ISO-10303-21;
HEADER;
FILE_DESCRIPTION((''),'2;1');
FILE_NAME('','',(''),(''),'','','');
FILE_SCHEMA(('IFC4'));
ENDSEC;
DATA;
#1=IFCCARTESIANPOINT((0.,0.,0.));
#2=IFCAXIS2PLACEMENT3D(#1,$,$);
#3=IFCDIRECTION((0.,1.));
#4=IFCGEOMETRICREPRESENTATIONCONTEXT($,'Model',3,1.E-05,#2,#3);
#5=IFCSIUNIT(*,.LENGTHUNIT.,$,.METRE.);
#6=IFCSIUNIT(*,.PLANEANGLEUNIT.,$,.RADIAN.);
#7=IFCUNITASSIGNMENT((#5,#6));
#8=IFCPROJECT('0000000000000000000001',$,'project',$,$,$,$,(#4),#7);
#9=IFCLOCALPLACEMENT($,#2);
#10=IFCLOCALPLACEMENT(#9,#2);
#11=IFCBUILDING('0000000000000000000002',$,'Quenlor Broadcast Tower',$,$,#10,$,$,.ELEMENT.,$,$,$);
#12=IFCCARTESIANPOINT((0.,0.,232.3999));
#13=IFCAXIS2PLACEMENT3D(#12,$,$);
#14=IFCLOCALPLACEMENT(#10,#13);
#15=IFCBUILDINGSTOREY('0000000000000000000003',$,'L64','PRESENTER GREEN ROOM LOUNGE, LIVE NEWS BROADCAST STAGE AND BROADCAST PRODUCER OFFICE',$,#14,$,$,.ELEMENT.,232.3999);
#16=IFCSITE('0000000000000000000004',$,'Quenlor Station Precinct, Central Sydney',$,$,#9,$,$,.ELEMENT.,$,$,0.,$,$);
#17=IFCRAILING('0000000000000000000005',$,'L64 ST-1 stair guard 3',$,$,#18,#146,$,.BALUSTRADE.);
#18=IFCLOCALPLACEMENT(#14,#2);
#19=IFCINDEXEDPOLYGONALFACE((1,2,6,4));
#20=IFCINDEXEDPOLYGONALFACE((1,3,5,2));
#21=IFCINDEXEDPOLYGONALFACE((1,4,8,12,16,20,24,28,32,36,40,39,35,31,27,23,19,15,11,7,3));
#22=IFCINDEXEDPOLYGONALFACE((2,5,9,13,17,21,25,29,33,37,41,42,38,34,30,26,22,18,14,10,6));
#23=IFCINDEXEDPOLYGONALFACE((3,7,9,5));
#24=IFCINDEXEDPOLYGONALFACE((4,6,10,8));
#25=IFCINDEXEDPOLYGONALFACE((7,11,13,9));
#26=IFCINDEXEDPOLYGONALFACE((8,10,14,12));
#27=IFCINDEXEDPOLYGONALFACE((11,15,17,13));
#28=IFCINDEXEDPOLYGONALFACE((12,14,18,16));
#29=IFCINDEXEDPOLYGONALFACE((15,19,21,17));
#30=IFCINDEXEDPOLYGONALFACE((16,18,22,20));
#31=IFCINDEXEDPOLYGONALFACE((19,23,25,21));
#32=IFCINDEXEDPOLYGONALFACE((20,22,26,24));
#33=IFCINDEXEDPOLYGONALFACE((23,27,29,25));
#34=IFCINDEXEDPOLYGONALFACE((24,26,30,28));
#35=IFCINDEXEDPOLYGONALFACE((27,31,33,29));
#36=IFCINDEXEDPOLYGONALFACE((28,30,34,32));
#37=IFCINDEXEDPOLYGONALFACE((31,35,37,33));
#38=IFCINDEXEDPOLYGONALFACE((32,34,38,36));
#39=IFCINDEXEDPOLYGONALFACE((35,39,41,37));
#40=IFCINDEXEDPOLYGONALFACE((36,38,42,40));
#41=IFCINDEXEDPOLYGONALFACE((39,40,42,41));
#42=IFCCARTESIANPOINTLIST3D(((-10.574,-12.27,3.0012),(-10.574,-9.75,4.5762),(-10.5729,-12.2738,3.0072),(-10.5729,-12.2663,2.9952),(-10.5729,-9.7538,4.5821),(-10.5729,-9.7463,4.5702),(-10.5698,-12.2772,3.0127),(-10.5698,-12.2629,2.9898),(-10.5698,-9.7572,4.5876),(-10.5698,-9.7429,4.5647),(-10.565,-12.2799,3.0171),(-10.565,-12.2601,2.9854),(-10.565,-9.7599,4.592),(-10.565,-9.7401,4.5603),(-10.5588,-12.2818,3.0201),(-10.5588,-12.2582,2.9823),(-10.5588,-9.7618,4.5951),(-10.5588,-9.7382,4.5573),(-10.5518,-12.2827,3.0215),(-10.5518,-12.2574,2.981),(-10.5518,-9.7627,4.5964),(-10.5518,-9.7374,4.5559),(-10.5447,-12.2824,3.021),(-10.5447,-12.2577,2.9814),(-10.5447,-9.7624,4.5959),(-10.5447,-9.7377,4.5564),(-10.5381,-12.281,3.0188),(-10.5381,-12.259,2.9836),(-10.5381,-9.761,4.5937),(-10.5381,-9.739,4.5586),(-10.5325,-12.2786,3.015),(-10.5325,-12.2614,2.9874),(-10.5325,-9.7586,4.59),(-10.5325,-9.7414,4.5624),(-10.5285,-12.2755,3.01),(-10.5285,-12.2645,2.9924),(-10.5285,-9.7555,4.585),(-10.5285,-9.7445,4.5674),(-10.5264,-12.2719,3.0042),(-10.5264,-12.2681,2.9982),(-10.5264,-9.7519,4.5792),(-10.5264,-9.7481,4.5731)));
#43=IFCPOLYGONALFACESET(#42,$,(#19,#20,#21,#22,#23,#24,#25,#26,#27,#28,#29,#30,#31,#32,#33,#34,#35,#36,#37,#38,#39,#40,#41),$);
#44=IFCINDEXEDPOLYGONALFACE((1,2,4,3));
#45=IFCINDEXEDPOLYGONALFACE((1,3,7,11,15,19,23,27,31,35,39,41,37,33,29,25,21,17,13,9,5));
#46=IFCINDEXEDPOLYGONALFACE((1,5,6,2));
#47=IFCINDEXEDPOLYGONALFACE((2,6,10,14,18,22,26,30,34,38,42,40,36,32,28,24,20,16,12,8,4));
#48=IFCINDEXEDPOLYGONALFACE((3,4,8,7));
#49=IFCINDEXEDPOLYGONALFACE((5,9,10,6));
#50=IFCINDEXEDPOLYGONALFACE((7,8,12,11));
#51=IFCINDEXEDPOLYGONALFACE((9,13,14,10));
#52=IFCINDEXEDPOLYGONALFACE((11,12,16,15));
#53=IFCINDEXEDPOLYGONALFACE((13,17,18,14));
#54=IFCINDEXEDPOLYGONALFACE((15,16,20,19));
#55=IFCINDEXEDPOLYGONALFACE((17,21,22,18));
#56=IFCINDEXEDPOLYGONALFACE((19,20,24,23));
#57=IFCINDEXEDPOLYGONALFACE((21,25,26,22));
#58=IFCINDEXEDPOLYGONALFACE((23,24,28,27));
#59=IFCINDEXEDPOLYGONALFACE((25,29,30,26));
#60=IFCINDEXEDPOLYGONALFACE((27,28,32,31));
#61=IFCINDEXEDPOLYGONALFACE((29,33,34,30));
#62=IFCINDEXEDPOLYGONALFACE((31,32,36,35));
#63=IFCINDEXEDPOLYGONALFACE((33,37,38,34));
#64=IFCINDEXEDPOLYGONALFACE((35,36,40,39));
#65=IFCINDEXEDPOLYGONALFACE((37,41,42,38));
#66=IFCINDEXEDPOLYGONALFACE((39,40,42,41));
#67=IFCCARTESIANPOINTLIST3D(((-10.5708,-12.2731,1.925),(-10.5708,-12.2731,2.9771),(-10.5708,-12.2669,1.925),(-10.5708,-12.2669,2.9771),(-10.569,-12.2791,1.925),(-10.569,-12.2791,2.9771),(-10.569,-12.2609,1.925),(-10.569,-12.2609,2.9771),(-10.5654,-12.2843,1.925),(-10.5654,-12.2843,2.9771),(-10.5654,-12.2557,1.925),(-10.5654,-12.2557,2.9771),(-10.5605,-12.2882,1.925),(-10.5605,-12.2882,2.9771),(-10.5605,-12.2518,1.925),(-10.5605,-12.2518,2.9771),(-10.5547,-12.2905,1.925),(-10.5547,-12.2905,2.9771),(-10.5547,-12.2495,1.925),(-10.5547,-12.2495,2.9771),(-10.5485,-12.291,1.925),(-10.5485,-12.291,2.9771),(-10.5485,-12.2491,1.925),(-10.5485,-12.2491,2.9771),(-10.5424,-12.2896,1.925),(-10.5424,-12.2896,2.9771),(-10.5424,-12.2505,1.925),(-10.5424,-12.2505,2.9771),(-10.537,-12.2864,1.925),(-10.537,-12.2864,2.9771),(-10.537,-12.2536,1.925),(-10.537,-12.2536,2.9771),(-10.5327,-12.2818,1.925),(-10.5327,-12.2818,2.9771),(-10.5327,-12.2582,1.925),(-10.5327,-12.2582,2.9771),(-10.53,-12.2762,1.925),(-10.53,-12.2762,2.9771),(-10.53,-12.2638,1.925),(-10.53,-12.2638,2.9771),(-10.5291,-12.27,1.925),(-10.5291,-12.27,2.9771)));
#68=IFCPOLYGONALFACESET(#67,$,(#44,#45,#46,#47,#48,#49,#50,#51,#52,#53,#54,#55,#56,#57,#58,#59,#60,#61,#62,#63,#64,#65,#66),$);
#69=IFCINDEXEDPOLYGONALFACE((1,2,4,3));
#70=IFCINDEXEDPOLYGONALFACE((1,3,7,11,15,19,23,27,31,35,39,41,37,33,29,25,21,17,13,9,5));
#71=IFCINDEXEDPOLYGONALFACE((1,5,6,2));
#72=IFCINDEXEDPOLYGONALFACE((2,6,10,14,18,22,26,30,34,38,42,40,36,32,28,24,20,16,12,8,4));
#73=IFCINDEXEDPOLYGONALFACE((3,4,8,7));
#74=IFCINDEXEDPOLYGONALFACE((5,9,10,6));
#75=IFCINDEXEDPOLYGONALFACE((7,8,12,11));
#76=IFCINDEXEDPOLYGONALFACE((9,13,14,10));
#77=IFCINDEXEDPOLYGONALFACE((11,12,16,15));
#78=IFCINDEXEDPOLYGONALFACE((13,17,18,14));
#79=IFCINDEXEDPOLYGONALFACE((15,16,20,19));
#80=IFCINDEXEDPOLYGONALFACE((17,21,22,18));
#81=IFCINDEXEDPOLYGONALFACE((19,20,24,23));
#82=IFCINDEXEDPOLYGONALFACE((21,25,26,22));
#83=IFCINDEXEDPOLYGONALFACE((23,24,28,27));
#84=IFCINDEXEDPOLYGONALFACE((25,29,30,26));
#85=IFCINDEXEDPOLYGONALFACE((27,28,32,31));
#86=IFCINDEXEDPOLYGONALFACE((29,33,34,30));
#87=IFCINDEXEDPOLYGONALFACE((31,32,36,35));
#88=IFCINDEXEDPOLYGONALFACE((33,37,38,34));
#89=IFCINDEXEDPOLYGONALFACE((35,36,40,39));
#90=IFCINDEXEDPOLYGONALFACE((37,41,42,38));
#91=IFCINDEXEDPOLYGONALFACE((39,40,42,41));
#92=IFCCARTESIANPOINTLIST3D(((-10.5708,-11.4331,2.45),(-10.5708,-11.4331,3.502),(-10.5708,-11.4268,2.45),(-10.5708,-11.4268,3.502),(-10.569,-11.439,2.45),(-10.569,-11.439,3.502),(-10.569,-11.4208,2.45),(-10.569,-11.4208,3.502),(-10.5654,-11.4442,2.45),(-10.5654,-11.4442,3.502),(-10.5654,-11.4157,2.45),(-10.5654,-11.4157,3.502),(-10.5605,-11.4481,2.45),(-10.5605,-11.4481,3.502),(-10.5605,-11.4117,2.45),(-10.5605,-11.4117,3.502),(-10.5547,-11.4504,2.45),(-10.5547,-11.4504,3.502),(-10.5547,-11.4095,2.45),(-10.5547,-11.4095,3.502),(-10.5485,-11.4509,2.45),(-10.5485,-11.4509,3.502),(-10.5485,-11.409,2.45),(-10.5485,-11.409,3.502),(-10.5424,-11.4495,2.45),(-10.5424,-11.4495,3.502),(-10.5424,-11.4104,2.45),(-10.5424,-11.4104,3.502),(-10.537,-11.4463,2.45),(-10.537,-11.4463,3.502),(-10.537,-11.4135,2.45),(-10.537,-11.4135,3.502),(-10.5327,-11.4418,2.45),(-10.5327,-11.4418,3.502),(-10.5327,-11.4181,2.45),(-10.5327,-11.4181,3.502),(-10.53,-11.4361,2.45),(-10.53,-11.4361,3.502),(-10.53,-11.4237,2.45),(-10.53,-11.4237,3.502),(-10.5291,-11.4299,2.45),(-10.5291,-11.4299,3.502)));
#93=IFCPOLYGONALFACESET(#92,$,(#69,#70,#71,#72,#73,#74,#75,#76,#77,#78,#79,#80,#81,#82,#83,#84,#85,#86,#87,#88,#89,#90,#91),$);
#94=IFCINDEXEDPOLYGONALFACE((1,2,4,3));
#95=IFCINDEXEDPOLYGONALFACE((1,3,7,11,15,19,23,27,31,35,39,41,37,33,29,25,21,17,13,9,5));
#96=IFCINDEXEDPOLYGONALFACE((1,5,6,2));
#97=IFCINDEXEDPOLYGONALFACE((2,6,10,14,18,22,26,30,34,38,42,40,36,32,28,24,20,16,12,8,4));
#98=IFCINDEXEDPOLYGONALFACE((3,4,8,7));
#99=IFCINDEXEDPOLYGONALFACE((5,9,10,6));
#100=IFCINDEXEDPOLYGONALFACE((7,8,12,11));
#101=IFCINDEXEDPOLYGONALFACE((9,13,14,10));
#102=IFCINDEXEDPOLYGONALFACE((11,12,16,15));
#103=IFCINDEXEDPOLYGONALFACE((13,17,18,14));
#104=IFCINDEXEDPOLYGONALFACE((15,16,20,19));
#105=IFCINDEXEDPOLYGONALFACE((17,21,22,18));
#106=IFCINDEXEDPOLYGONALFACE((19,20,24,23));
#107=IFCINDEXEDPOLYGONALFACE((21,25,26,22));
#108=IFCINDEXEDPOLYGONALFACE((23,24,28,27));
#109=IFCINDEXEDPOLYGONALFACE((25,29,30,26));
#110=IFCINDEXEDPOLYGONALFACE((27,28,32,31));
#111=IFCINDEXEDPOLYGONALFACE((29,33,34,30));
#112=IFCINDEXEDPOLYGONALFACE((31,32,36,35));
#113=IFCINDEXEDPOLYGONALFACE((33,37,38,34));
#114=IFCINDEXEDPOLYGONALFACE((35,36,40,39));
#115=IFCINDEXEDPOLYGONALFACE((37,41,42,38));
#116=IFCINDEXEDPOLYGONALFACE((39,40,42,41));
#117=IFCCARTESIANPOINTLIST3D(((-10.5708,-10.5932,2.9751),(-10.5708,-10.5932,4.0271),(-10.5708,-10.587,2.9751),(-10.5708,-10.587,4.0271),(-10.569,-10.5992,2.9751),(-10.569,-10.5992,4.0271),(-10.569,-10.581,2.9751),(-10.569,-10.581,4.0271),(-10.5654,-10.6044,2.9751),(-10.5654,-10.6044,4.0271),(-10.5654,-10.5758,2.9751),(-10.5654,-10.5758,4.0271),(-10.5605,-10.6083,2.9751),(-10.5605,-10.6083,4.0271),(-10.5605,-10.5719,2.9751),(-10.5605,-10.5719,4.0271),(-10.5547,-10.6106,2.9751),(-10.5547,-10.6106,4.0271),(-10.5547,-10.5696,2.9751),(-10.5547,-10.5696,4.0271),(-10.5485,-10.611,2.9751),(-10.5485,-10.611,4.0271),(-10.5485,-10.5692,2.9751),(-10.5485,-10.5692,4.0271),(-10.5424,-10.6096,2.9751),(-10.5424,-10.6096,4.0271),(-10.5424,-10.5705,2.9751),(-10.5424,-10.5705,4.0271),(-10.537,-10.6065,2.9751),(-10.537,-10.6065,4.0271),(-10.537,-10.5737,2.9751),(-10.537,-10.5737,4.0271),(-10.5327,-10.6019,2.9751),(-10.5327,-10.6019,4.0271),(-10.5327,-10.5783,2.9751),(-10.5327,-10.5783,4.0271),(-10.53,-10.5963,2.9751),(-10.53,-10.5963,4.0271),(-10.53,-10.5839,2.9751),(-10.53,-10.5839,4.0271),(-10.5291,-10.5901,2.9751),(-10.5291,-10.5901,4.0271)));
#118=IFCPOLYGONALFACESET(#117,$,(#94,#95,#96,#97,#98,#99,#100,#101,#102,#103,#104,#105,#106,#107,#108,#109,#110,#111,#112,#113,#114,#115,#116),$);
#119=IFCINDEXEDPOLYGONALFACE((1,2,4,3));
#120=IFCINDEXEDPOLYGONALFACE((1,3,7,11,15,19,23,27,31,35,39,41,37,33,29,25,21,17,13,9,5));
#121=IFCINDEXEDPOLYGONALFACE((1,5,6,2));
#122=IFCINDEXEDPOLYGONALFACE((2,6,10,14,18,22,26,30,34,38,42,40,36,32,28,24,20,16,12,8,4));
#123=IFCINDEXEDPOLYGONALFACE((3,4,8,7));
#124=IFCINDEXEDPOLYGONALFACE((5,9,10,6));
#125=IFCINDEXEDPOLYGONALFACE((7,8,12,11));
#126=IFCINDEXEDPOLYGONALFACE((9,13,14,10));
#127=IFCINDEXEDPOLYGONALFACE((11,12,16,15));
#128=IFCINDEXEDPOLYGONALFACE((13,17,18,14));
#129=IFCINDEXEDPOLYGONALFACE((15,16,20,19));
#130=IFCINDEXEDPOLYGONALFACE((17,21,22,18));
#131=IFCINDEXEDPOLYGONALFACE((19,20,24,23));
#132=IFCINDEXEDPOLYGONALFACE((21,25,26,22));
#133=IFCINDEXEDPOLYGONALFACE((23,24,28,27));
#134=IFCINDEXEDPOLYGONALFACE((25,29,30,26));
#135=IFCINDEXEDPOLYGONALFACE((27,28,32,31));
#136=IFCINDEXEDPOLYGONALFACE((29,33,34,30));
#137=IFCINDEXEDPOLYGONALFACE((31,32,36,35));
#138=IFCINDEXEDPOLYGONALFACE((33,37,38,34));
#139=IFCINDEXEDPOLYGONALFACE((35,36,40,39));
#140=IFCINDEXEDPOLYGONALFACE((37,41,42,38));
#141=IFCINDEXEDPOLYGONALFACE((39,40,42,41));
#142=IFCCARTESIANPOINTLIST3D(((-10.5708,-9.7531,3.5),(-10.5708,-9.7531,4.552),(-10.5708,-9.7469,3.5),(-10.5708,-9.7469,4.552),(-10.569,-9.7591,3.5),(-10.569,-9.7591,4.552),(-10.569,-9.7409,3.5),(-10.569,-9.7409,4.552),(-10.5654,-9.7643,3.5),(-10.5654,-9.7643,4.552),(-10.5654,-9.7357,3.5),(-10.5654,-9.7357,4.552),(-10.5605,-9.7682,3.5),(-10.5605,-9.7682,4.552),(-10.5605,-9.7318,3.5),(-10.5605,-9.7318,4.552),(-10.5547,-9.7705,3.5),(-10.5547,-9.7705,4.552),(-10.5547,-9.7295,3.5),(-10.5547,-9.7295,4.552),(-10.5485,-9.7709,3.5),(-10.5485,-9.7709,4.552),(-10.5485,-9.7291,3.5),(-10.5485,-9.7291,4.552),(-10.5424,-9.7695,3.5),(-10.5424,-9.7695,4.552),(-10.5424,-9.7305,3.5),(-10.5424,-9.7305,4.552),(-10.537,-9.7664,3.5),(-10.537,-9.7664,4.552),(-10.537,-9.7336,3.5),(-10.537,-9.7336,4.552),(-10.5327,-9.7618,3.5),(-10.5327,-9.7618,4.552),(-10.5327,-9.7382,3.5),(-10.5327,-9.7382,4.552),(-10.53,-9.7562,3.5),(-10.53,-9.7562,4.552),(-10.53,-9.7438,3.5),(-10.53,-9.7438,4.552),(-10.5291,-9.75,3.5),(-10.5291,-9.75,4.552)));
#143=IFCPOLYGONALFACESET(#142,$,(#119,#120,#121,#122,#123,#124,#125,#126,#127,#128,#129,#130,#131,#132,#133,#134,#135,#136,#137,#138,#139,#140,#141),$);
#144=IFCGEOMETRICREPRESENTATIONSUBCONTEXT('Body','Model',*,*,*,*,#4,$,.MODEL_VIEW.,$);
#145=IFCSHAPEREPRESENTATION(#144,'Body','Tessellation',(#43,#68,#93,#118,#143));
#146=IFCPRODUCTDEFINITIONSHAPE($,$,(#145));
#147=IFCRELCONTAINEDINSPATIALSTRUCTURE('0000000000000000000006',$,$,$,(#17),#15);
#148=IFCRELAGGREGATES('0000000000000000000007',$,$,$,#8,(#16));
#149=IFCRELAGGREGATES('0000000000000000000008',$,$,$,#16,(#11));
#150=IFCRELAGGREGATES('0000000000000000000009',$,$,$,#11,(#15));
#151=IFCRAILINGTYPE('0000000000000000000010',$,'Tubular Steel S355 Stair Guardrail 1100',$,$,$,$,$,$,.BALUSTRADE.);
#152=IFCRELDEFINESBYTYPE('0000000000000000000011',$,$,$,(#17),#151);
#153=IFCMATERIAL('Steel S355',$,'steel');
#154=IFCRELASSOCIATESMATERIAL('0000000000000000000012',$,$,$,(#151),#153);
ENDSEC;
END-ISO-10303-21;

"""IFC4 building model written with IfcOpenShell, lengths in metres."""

from ifc_helpers import new_model, si_unit, direction, frame, origin, origin_2d, place, context, subcontext, project, spatial, circle, extrude, material, type_object, element, save


model = new_model("IFC4")

# Units and contexts
model_context = context("Model", 3, precision=1e-05, world=origin(), true_north=direction((0.0, 1.0)))
body_context = subcontext(model_context, "Body", "Model", "MODEL_VIEW")
ifc_project = project(units=[si_unit("LENGTHUNIT", "METRE"), si_unit("PLANEANGLEUNIT", "RADIAN")], contexts=[model_context])

# Site, building, storey
site_placement = place(None, origin())
site = spatial("IfcSite", under=ifc_project, at=site_placement, Name="Quenlor Station Precinct, Central Sydney", CompositionType="ELEMENT", RefElevation=0.0)
building_placement = place(site_placement, origin())
building = spatial("IfcBuilding", under=site, at=building_placement, Name="Quenlor Broadcast Tower", CompositionType="ELEMENT")
storey_placement = place(building_placement, frame((0.0, 0.0, 232.3999)))
storey = spatial("IfcBuildingStorey", under=building, at=storey_placement, Name="L64", Description="PRESENTER GREEN ROOM LOUNGE, LIVE NEWS BROADCAST STAGE AND BROADCAST PRODUCER OFFICE", CompositionType="ELEMENT", Elevation=232.3999)

# Railing
ifc_material_1 = material(Name="Steel S355", Category="steel")
railing_type = type_object("IfcRailingType", Name="Tubular Steel S355 Stair Guardrail 1100", PredefinedType="BALUSTRADE", material=ifc_material_1)
railing_1_placement = place(storey_placement, frame((-10.55, -12.27, 1.925)))
element("IfcRailing", 1, at=railing_1_placement, inside=storey, type_object=railing_type, Name="L64 ST-1 stair guard 3", PredefinedType="BALUSTRADE", context=body_context, shape_type="SweptSolid", body=[
    extrude(circle(Radius=0.0239, at=origin_2d()), frame((0.0, 0.0, 1.0762), z_axis=(0.0, 0.848008, 0.529984), x_axis=(-1.0, 0.0, 0.0)), (0.0, 0.0, 1.0), 2.9717),
    extrude(circle(Radius=0.021, at=origin_2d()), origin(), (0.0, 0.0, 1.0), 1.052),
    extrude(circle(Radius=0.021, at=origin_2d()), frame((0.0, 0.8401, 0.5249)), (0.0, 0.0, 1.0), 1.052),
    extrude(circle(Radius=0.021, at=origin_2d()), frame((0.0, 1.6799, 1.05)), (0.0, 0.0, 1.0), 1.052),
    extrude(circle(Radius=0.021, at=origin_2d()), frame((0.0, 2.52, 1.575)), (0.0, 0.0, 1.0), 1.052),
])

save(model, "model.ifc")
